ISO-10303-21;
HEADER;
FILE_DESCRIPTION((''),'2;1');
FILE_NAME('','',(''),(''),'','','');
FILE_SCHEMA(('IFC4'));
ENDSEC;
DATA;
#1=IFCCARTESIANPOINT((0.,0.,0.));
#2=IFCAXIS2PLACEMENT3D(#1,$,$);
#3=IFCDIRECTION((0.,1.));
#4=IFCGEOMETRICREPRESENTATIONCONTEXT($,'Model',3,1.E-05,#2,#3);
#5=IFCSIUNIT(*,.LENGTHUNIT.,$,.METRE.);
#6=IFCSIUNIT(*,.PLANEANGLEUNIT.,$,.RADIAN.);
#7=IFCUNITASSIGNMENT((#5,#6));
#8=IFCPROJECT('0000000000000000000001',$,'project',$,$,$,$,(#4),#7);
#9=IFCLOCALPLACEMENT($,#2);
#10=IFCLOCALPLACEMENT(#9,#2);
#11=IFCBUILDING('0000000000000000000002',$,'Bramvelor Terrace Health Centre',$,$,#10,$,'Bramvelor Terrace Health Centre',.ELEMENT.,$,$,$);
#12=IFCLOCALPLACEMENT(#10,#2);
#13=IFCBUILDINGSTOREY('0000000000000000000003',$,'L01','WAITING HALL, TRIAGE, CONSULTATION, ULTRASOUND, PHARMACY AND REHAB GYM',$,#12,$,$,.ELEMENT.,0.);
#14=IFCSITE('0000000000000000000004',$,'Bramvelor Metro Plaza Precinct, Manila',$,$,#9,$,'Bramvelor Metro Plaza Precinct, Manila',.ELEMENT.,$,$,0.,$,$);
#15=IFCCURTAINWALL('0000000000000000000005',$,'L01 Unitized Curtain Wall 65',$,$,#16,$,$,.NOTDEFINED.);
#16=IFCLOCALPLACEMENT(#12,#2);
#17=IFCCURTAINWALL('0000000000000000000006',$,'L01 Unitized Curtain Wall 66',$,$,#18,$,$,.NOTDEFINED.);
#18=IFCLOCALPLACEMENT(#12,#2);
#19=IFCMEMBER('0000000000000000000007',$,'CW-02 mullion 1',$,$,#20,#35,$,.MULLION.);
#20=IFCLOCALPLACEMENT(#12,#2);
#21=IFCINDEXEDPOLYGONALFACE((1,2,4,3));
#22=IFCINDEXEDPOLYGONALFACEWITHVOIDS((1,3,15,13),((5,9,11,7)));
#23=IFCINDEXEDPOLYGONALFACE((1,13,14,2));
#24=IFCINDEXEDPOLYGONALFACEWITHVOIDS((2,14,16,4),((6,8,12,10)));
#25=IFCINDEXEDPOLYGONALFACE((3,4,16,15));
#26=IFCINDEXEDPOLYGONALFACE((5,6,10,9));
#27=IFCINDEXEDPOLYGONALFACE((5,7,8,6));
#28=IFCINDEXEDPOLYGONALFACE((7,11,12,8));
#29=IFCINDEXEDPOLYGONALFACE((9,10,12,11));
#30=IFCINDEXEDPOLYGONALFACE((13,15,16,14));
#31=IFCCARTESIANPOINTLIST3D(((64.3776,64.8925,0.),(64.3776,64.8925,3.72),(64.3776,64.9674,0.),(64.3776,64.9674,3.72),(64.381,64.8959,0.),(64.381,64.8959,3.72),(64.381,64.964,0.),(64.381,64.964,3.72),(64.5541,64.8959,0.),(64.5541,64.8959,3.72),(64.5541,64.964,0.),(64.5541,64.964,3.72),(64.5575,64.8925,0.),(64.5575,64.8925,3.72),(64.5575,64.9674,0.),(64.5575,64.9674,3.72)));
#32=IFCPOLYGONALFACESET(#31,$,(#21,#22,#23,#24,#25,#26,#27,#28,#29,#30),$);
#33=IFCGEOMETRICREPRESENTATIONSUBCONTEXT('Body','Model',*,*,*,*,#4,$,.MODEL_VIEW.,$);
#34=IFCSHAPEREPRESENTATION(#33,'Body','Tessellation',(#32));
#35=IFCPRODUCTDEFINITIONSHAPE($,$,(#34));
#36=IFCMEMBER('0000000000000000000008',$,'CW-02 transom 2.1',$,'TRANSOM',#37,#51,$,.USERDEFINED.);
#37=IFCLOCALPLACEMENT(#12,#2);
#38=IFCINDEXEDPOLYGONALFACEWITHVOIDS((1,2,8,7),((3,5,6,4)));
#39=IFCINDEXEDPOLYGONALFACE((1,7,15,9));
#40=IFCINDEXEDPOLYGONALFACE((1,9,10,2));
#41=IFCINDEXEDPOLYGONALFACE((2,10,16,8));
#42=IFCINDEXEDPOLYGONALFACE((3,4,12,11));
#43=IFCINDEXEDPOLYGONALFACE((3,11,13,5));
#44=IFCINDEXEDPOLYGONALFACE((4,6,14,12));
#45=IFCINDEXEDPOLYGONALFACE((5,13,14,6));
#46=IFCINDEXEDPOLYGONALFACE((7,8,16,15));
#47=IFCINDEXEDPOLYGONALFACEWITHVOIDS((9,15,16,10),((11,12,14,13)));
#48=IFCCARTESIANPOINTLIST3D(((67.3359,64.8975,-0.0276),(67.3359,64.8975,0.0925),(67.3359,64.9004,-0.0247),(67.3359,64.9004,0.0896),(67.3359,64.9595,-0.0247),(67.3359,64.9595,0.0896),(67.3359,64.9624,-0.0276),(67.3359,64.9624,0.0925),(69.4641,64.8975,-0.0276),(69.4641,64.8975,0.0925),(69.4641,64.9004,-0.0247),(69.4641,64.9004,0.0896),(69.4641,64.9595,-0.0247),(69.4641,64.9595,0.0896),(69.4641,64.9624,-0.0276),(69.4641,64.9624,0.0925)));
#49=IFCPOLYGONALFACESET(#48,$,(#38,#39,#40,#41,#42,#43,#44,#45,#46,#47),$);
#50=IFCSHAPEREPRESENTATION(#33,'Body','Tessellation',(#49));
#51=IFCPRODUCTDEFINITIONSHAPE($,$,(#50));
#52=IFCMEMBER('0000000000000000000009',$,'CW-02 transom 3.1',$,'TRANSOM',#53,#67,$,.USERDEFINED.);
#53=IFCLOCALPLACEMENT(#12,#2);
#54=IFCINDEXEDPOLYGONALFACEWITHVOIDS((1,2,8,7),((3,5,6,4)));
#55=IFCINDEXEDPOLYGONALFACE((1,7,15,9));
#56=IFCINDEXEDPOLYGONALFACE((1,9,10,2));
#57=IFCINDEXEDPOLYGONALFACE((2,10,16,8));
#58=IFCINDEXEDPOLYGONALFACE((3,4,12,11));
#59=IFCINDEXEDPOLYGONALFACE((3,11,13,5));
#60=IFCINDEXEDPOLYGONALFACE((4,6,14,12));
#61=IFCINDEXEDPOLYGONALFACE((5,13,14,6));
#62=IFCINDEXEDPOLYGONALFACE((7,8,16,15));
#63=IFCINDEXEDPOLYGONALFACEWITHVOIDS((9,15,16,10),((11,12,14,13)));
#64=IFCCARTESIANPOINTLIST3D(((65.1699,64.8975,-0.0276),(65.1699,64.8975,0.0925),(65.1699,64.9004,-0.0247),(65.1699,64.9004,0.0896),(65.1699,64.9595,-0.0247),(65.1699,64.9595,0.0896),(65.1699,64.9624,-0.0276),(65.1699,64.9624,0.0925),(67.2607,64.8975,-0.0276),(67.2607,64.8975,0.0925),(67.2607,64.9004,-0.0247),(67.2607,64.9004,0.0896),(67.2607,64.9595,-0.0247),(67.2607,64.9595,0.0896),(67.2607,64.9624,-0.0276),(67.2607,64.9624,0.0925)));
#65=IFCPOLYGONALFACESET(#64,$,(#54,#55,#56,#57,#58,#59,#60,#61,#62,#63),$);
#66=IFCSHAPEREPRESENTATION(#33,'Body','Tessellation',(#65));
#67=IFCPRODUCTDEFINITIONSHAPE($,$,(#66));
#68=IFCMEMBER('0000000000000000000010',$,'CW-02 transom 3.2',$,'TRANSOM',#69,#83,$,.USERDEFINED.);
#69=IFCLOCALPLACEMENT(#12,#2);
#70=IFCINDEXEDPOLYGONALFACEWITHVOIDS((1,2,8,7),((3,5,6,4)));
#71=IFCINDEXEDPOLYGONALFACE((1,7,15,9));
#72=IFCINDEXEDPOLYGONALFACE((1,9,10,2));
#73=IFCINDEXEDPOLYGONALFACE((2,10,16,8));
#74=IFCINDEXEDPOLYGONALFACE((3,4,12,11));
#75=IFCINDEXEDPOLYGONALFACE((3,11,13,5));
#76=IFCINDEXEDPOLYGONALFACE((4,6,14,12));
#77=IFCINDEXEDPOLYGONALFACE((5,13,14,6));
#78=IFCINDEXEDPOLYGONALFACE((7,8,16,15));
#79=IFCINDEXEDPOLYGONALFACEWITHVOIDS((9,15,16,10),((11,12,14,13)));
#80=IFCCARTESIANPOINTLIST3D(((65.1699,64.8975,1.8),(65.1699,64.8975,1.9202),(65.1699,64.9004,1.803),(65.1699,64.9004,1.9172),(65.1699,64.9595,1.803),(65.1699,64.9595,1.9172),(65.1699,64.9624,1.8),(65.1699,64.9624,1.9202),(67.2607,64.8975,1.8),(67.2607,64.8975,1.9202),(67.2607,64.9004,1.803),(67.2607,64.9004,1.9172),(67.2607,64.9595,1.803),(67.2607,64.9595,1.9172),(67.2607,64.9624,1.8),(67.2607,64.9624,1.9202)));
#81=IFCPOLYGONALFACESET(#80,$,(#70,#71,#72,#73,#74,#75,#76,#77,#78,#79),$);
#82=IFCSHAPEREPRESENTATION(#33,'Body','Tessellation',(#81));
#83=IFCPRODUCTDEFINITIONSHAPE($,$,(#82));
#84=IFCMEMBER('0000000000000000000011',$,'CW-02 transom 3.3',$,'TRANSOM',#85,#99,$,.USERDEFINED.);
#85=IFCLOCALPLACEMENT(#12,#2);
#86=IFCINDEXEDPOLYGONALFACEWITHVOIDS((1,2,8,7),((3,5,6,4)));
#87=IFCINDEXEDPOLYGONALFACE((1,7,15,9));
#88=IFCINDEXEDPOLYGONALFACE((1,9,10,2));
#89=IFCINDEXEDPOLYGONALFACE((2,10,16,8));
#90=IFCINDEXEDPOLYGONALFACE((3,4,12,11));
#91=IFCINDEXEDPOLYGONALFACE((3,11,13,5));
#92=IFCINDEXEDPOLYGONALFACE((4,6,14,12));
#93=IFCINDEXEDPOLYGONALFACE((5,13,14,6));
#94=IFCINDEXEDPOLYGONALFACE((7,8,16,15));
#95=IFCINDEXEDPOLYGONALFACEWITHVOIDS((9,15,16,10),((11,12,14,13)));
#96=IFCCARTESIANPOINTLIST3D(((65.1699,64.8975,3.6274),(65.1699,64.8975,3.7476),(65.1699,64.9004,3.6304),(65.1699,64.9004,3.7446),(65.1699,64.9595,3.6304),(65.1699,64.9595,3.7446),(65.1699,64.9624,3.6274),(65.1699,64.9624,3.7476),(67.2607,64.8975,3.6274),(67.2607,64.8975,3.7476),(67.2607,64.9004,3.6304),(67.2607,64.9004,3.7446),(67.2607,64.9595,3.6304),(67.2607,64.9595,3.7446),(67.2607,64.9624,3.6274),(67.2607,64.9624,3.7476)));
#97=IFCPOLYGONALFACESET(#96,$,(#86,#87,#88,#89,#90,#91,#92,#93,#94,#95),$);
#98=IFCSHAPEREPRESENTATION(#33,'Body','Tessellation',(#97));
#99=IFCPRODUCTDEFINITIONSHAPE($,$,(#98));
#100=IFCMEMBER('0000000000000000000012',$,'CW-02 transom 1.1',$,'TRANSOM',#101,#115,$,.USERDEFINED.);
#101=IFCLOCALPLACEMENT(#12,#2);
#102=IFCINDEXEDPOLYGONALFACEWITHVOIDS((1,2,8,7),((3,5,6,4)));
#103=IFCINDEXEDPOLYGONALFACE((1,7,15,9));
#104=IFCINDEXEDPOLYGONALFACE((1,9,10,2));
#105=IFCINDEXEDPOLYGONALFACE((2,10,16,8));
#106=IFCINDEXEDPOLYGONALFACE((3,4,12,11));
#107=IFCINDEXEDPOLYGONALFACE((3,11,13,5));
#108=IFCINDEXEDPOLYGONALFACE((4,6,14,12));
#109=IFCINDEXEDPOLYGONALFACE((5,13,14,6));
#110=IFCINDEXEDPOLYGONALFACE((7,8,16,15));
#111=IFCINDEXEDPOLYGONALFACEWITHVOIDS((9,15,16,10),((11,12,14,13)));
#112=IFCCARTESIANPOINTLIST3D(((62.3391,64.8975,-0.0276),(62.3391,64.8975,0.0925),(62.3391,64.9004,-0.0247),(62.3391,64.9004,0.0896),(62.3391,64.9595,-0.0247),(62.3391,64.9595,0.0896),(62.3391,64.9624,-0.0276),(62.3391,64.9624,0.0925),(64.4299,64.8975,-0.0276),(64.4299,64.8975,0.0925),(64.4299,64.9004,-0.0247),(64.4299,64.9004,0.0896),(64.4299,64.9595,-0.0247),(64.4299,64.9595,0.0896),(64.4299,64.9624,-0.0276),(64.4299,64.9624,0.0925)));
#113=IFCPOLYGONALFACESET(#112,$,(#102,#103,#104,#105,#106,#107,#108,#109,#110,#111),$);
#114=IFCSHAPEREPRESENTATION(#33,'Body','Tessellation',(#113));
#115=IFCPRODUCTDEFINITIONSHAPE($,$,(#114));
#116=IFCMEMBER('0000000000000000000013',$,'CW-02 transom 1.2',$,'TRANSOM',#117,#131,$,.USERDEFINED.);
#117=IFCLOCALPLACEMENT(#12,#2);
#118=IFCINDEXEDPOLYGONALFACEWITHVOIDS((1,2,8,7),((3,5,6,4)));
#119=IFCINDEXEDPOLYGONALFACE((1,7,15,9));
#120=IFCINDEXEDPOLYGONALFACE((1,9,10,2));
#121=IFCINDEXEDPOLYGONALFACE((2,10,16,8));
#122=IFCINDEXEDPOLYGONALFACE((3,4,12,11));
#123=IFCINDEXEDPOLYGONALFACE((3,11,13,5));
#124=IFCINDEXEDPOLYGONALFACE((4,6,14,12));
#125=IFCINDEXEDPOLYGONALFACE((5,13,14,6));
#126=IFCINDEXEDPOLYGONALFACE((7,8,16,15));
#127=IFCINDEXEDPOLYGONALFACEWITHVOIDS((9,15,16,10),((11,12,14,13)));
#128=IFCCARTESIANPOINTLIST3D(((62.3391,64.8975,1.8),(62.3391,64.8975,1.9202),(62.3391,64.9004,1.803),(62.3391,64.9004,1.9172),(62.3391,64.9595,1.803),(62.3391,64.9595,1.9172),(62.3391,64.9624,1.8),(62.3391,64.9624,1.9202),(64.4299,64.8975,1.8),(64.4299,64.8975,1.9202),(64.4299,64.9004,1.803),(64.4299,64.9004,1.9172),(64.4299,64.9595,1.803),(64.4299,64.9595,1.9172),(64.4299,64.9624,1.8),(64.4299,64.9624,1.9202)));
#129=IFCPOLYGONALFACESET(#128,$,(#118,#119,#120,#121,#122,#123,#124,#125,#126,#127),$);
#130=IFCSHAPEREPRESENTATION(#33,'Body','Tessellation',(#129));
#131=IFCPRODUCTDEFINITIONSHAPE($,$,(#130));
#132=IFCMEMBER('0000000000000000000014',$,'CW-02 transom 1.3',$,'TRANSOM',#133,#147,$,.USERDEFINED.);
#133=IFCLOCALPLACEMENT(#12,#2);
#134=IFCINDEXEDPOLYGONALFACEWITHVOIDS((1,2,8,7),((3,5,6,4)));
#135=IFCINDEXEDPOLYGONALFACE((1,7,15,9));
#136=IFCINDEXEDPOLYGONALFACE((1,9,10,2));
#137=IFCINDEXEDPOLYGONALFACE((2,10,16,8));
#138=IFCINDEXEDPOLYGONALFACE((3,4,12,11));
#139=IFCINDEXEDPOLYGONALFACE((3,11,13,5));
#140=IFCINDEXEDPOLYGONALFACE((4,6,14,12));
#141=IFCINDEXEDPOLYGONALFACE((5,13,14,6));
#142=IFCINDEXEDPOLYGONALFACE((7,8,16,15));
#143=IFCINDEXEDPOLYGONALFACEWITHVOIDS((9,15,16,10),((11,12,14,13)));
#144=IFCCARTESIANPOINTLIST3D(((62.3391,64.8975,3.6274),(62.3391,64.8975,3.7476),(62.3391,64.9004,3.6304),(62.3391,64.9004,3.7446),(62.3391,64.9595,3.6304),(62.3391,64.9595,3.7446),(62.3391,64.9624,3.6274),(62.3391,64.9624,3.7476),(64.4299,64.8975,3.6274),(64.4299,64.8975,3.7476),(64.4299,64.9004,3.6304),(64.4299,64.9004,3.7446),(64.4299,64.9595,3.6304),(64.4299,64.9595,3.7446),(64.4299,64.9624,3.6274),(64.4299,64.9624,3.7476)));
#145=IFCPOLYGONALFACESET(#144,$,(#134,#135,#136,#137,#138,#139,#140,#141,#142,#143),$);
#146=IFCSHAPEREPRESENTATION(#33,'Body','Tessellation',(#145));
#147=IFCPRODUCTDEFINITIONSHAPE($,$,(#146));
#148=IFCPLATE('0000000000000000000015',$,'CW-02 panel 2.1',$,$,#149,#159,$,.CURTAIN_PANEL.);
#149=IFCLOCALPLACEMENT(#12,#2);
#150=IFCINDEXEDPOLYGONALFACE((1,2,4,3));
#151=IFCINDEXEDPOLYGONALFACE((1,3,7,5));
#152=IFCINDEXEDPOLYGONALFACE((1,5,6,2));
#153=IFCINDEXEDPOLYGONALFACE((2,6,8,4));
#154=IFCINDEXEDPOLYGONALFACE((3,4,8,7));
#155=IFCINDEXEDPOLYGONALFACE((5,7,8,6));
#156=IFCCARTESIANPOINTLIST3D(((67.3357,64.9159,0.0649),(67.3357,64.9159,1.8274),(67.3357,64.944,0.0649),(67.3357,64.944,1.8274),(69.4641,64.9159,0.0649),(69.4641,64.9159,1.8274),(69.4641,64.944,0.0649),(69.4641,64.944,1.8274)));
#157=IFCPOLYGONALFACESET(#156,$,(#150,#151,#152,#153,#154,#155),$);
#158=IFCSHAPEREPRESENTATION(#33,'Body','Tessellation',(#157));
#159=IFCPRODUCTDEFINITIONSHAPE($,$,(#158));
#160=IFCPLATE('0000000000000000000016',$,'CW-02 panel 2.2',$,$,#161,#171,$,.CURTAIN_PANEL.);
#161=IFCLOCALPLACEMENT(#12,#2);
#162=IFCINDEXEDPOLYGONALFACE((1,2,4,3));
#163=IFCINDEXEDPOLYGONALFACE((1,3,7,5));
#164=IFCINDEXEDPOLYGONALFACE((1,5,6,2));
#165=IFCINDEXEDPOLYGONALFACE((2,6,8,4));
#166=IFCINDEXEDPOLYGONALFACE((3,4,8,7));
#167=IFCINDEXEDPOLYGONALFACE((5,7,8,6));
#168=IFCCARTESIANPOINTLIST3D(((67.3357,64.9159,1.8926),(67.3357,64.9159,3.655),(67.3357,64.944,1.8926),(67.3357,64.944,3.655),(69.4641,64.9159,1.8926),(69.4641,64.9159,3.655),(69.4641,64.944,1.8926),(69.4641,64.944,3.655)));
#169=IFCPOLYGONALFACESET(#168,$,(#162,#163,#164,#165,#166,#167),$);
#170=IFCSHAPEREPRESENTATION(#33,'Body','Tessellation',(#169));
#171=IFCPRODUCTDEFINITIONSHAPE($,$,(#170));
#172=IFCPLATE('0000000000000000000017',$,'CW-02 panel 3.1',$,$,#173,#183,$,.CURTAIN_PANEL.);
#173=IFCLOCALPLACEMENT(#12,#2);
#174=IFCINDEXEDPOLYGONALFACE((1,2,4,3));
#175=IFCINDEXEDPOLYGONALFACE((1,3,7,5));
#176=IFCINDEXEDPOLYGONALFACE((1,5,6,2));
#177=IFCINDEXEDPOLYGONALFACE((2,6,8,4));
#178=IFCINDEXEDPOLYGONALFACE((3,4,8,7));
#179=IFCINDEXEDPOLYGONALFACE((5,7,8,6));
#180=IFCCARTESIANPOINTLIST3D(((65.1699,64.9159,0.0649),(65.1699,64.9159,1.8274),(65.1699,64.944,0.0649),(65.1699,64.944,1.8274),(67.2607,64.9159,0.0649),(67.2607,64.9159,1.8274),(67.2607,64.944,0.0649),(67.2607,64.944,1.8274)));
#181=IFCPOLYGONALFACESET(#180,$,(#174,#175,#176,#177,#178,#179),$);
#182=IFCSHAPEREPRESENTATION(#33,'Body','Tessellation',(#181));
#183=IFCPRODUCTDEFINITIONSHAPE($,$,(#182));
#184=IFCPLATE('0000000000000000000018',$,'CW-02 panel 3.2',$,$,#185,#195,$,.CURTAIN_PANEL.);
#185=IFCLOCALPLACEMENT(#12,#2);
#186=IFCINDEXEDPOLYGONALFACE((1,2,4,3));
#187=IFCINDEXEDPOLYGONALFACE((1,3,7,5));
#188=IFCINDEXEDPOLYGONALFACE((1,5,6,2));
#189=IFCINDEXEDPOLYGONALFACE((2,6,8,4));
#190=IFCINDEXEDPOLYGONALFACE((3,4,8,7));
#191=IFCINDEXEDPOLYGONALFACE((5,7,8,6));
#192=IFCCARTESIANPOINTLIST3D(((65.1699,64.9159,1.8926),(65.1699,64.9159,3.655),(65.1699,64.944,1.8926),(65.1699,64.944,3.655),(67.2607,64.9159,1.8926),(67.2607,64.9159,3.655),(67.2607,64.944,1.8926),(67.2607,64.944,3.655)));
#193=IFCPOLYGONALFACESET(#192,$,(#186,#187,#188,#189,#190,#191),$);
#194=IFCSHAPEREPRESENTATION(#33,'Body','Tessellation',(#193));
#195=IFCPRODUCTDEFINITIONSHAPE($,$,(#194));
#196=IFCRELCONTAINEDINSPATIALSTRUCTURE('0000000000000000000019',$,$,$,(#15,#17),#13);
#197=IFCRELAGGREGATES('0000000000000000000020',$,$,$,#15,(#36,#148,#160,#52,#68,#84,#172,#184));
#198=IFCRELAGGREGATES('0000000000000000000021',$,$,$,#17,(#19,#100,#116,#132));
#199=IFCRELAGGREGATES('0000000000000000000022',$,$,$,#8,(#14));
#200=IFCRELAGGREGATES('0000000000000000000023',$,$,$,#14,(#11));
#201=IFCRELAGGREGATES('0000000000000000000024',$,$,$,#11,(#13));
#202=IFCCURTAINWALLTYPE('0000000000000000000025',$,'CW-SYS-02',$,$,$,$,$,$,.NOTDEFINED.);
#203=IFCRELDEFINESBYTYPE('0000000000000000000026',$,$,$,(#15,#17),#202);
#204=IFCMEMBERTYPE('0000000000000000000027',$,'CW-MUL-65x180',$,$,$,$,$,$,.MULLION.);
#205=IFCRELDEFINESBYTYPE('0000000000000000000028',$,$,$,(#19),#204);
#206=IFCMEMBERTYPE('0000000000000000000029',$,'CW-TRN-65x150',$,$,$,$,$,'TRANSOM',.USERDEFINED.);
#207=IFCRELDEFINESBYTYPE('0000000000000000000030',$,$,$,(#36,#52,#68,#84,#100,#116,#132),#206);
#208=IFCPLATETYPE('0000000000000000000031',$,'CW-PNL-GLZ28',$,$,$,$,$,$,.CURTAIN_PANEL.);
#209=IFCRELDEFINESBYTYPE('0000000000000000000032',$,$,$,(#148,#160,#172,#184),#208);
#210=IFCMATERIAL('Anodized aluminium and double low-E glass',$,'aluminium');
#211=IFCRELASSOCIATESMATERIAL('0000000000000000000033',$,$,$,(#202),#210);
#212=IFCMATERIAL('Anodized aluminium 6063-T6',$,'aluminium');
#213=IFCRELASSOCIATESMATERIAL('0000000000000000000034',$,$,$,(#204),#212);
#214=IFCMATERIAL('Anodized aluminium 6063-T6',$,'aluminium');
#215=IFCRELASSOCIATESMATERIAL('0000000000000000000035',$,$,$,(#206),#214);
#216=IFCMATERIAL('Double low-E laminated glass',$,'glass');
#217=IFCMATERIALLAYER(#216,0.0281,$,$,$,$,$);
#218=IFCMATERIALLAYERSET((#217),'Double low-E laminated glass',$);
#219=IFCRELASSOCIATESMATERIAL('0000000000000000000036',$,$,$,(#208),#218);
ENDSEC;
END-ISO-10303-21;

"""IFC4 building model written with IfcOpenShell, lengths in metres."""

from ifc_helpers import new_model, si_unit, direction, frame, origin, origin_2d, place, context, subcontext, project, spatial, rectangle, hollow_rectangle, extrude, material, layer, layer_set, material_profile, profile_set, type_object, element, aggregate, save


model = new_model("IFC4")

# Units and contexts
model_context = context("Model", 3, precision=1e-05, world=origin(), true_north=direction((0.0, 1.0)))
body_context = subcontext(model_context, "Body", "Model", "MODEL_VIEW")
ifc_project = project(units=[si_unit("LENGTHUNIT", "METRE"), si_unit("PLANEANGLEUNIT", "RADIAN")], contexts=[model_context])

# Site, building, storey
site_placement = place(None, origin())
site = spatial("IfcSite", under=ifc_project, at=site_placement, Name="Bramvelor Metro Plaza Precinct, Manila", LongName="Bramvelor Metro Plaza Precinct, Manila", CompositionType="ELEMENT", RefElevation=0.0)
building_placement = place(site_placement, origin())
building = spatial("IfcBuilding", under=site, at=building_placement, Name="Bramvelor Terrace Health Centre", LongName="Bramvelor Terrace Health Centre", CompositionType="ELEMENT")
storey_placement = place(building_placement, origin())
storey = spatial("IfcBuildingStorey", under=building, at=storey_placement, Name="L01", Description="WAITING HALL, TRIAGE, CONSULTATION, ULTRASOUND, PHARMACY AND REHAB GYM", CompositionType="ELEMENT", Elevation=0.0)

# Curtain wall
ifc_material_1 = material(Name="Anodized aluminium and double low-E glass", Category="aluminium")
curtain_wall_type = type_object("IfcCurtainWallType", Name="CW-SYS-02", PredefinedType="NOTDEFINED", material=ifc_material_1)
curtain_wall_1_placement = place(storey_placement, origin())
curtain_wall_1 = element("IfcCurtainWall", 1, at=curtain_wall_1_placement, inside=storey, type_object=curtain_wall_type, Name="L01 Unitized Curtain Wall 65", PredefinedType="NOTDEFINED")
ifc_material_2 = material(Name="Anodized aluminium 6063-T6", Category="aluminium")
ifc_material_profile_1 = material_profile(ifc_material_2, hollow_rectangle(XDim=0.075, YDim=0.1799, WallThickness=0.0034, at=origin_2d()), Name="ALU-MUL 75x180x3.5")
ifc_profile_set_1 = profile_set([ifc_material_profile_1], Name="Anodized aluminium 6063-T6")
member_type_1 = type_object("IfcMemberType", Name="CW-MUL-65x180", PredefinedType="MULLION", material=ifc_profile_set_1)

# Curtain wall, member
curtain_wall_2_placement = place(storey_placement, origin())
curtain_wall_2 = element("IfcCurtainWall", 2, at=curtain_wall_2_placement, inside=storey, type_object=curtain_wall_type, Name="L01 Unitized Curtain Wall 66", PredefinedType="NOTDEFINED")
member_1_placement = place(storey_placement, frame((64.4675, 64.9299, 0.0), z_axis=(0.0, 0.0, 1.0), x_axis=(0.0, -1.0, 0.0)))
member_1 = element("IfcMember", 3, at=member_1_placement, type_object=member_type_1, Name="CW-02 mullion 1", PredefinedType="MULLION", context=body_context, shape_type="SweptSolid", body=[
    extrude(hollow_rectangle(XDim=0.075, YDim=0.1799, WallThickness=0.0034, at=origin_2d()), origin(), (0.0, 0.0, 1.0), 3.72),
])

# Members
ifc_material_3 = material(Name="Anodized aluminium 6063-T6", Category="aluminium")
ifc_material_profile_2 = material_profile(ifc_material_3, hollow_rectangle(XDim=0.0649, YDim=0.1201, WallThickness=0.0029, at=origin_2d()), Name="ALU-TRN 65x120x3.0")
ifc_profile_set_2 = profile_set([ifc_material_profile_2], Name="Anodized aluminium 6063-T6")
member_type_2 = type_object("IfcMemberType", Name="CW-TRN-65x150", ElementType="TRANSOM", PredefinedType="USERDEFINED", material=ifc_profile_set_2)
member_2_placement = place(storey_placement, frame((69.4641, 64.9299, 0.0325), z_axis=(-1.0, 0.0, 0.0), x_axis=(0.0, -1.0, 0.0)))
member_2 = element("IfcMember", 4, at=member_2_placement, type_object=member_type_2, Name="CW-02 transom 2.1", ObjectType="TRANSOM", PredefinedType="USERDEFINED", context=body_context, shape_type="SweptSolid", body=[
    extrude(hollow_rectangle(XDim=0.0649, YDim=0.1201, WallThickness=0.0029, at=origin_2d()), origin(), (0.0, 0.0, 1.0), 2.1282),
])
member_3_placement = place(storey_placement, frame((67.2607, 64.9299, 0.0325), z_axis=(-1.0, 0.0, 0.0), x_axis=(0.0, -1.0, 0.0)))
member_3 = element("IfcMember", 5, at=member_3_placement, type_object=member_type_2, Name="CW-02 transom 3.1", ObjectType="TRANSOM", PredefinedType="USERDEFINED", context=body_context, shape_type="SweptSolid", body=[
    extrude(hollow_rectangle(XDim=0.0649, YDim=0.1201, WallThickness=0.0029, at=origin_2d()), origin(), (0.0, 0.0, 1.0), 2.0908),
])
member_4_placement = place(storey_placement, frame((67.2607, 64.9299, 1.8601), z_axis=(-1.0, 0.0, 0.0), x_axis=(0.0, -1.0, 0.0)))
member_4 = element("IfcMember", 6, at=member_4_placement, type_object=member_type_2, Name="CW-02 transom 3.2", ObjectType="TRANSOM", PredefinedType="USERDEFINED", context=body_context, shape_type="SweptSolid", body=[
    extrude(hollow_rectangle(XDim=0.0649, YDim=0.1201, WallThickness=0.0029, at=origin_2d()), origin(), (0.0, 0.0, 1.0), 2.0908),
])
member_5_placement = place(storey_placement, frame((67.2607, 64.9299, 3.6875), z_axis=(-1.0, 0.0, 0.0), x_axis=(0.0, -1.0, 0.0)))
member_5 = element("IfcMember", 7, at=member_5_placement, type_object=member_type_2, Name="CW-02 transom 3.3", ObjectType="TRANSOM", PredefinedType="USERDEFINED", context=body_context, shape_type="SweptSolid", body=[
    extrude(hollow_rectangle(XDim=0.0649, YDim=0.1201, WallThickness=0.0029, at=origin_2d()), origin(), (0.0, 0.0, 1.0), 2.0908),
])
member_6_placement = place(storey_placement, frame((64.4299, 64.9299, 0.0325), z_axis=(-1.0, 0.0, 0.0), x_axis=(0.0, -1.0, 0.0)))
member_6 = element("IfcMember", 8, at=member_6_placement, type_object=member_type_2, Name="CW-02 transom 1.1", ObjectType="TRANSOM", PredefinedType="USERDEFINED", context=body_context, shape_type="SweptSolid", body=[
    extrude(hollow_rectangle(XDim=0.0649, YDim=0.1201, WallThickness=0.0029, at=origin_2d()), origin(), (0.0, 0.0, 1.0), 2.0908),
])
member_7_placement = place(storey_placement, frame((64.4299, 64.9299, 1.8601), z_axis=(-1.0, 0.0, 0.0), x_axis=(0.0, -1.0, 0.0)))
member_7 = element("IfcMember", 9, at=member_7_placement, type_object=member_type_2, Name="CW-02 transom 1.2", ObjectType="TRANSOM", PredefinedType="USERDEFINED", context=body_context, shape_type="SweptSolid", body=[
    extrude(hollow_rectangle(XDim=0.0649, YDim=0.1201, WallThickness=0.0029, at=origin_2d()), origin(), (0.0, 0.0, 1.0), 2.0908),
])
member_8_placement = place(storey_placement, frame((64.4299, 64.9299, 3.6875), z_axis=(-1.0, 0.0, 0.0), x_axis=(0.0, -1.0, 0.0)))
member_8 = element("IfcMember", 10, at=member_8_placement, type_object=member_type_2, Name="CW-02 transom 1.3", ObjectType="TRANSOM", PredefinedType="USERDEFINED", context=body_context, shape_type="SweptSolid", body=[
    extrude(hollow_rectangle(XDim=0.0649, YDim=0.1201, WallThickness=0.0029, at=origin_2d()), origin(), (0.0, 0.0, 1.0), 2.0908),
])

# Plates
ifc_material_4 = material(Name="Double low-E laminated glass", Category="glass")
ifc_layer_1 = layer(ifc_material_4, 0.0281)
ifc_layer_set_1 = layer_set([ifc_layer_1], Name="Double low-E laminated glass")
plate_type = type_object("IfcPlateType", Name="CW-PNL-GLZ28", PredefinedType="CURTAIN_PANEL", material=ifc_layer_set_1)
plate_1_placement = place(storey_placement, frame((68.3999, 64.9299, 0.0649), z_axis=(0.0, 0.0, 1.0), x_axis=(-1.0, 0.0, 0.0)))
plate_1 = element("IfcPlate", 11, at=plate_1_placement, type_object=plate_type, Name="CW-02 panel 2.1", PredefinedType="CURTAIN_PANEL", context=body_context, shape_type="SweptSolid", body=[
    extrude(rectangle(XDim=2.1284, YDim=0.0281, at=origin_2d()), origin(), (0.0, 0.0, 1.0), 1.7625),
])
plate_2_placement = place(storey_placement, frame((68.3999, 64.9299, 1.8926), z_axis=(0.0, 0.0, 1.0), x_axis=(-1.0, 0.0, 0.0)))
plate_2 = element("IfcPlate", 12, at=plate_2_placement, type_object=plate_type, Name="CW-02 panel 2.2", PredefinedType="CURTAIN_PANEL", context=body_context, shape_type="SweptSolid", body=[
    extrude(rectangle(XDim=2.1284, YDim=0.0281, at=origin_2d()), origin(), (0.0, 0.0, 1.0), 1.7625),
])
plate_3_placement = place(storey_placement, frame((66.2153, 64.9299, 0.0649), z_axis=(0.0, 0.0, 1.0), x_axis=(-1.0, 0.0, 0.0)))
plate_3 = element("IfcPlate", 13, at=plate_3_placement, type_object=plate_type, Name="CW-02 panel 3.1", PredefinedType="CURTAIN_PANEL", context=body_context, shape_type="SweptSolid", body=[
    extrude(rectangle(XDim=2.0908, YDim=0.0281, at=origin_2d()), origin(), (0.0, 0.0, 1.0), 1.7625),
])
plate_4_placement = place(storey_placement, frame((66.2153, 64.9299, 1.8926), z_axis=(0.0, 0.0, 1.0), x_axis=(-1.0, 0.0, 0.0)))
plate_4 = element("IfcPlate", 14, at=plate_4_placement, type_object=plate_type, Name="CW-02 panel 3.2", PredefinedType="CURTAIN_PANEL", context=body_context, shape_type="SweptSolid", body=[
    extrude(rectangle(XDim=2.0908, YDim=0.0281, at=origin_2d()), origin(), (0.0, 0.0, 1.0), 1.7625),
])
aggregate(curtain_wall_1, [member_2, plate_1, plate_2, member_3, member_4, member_5, plate_3, plate_4])
aggregate(curtain_wall_2, [member_1, member_6, member_7, member_8])

save(model, "model.ifc")
